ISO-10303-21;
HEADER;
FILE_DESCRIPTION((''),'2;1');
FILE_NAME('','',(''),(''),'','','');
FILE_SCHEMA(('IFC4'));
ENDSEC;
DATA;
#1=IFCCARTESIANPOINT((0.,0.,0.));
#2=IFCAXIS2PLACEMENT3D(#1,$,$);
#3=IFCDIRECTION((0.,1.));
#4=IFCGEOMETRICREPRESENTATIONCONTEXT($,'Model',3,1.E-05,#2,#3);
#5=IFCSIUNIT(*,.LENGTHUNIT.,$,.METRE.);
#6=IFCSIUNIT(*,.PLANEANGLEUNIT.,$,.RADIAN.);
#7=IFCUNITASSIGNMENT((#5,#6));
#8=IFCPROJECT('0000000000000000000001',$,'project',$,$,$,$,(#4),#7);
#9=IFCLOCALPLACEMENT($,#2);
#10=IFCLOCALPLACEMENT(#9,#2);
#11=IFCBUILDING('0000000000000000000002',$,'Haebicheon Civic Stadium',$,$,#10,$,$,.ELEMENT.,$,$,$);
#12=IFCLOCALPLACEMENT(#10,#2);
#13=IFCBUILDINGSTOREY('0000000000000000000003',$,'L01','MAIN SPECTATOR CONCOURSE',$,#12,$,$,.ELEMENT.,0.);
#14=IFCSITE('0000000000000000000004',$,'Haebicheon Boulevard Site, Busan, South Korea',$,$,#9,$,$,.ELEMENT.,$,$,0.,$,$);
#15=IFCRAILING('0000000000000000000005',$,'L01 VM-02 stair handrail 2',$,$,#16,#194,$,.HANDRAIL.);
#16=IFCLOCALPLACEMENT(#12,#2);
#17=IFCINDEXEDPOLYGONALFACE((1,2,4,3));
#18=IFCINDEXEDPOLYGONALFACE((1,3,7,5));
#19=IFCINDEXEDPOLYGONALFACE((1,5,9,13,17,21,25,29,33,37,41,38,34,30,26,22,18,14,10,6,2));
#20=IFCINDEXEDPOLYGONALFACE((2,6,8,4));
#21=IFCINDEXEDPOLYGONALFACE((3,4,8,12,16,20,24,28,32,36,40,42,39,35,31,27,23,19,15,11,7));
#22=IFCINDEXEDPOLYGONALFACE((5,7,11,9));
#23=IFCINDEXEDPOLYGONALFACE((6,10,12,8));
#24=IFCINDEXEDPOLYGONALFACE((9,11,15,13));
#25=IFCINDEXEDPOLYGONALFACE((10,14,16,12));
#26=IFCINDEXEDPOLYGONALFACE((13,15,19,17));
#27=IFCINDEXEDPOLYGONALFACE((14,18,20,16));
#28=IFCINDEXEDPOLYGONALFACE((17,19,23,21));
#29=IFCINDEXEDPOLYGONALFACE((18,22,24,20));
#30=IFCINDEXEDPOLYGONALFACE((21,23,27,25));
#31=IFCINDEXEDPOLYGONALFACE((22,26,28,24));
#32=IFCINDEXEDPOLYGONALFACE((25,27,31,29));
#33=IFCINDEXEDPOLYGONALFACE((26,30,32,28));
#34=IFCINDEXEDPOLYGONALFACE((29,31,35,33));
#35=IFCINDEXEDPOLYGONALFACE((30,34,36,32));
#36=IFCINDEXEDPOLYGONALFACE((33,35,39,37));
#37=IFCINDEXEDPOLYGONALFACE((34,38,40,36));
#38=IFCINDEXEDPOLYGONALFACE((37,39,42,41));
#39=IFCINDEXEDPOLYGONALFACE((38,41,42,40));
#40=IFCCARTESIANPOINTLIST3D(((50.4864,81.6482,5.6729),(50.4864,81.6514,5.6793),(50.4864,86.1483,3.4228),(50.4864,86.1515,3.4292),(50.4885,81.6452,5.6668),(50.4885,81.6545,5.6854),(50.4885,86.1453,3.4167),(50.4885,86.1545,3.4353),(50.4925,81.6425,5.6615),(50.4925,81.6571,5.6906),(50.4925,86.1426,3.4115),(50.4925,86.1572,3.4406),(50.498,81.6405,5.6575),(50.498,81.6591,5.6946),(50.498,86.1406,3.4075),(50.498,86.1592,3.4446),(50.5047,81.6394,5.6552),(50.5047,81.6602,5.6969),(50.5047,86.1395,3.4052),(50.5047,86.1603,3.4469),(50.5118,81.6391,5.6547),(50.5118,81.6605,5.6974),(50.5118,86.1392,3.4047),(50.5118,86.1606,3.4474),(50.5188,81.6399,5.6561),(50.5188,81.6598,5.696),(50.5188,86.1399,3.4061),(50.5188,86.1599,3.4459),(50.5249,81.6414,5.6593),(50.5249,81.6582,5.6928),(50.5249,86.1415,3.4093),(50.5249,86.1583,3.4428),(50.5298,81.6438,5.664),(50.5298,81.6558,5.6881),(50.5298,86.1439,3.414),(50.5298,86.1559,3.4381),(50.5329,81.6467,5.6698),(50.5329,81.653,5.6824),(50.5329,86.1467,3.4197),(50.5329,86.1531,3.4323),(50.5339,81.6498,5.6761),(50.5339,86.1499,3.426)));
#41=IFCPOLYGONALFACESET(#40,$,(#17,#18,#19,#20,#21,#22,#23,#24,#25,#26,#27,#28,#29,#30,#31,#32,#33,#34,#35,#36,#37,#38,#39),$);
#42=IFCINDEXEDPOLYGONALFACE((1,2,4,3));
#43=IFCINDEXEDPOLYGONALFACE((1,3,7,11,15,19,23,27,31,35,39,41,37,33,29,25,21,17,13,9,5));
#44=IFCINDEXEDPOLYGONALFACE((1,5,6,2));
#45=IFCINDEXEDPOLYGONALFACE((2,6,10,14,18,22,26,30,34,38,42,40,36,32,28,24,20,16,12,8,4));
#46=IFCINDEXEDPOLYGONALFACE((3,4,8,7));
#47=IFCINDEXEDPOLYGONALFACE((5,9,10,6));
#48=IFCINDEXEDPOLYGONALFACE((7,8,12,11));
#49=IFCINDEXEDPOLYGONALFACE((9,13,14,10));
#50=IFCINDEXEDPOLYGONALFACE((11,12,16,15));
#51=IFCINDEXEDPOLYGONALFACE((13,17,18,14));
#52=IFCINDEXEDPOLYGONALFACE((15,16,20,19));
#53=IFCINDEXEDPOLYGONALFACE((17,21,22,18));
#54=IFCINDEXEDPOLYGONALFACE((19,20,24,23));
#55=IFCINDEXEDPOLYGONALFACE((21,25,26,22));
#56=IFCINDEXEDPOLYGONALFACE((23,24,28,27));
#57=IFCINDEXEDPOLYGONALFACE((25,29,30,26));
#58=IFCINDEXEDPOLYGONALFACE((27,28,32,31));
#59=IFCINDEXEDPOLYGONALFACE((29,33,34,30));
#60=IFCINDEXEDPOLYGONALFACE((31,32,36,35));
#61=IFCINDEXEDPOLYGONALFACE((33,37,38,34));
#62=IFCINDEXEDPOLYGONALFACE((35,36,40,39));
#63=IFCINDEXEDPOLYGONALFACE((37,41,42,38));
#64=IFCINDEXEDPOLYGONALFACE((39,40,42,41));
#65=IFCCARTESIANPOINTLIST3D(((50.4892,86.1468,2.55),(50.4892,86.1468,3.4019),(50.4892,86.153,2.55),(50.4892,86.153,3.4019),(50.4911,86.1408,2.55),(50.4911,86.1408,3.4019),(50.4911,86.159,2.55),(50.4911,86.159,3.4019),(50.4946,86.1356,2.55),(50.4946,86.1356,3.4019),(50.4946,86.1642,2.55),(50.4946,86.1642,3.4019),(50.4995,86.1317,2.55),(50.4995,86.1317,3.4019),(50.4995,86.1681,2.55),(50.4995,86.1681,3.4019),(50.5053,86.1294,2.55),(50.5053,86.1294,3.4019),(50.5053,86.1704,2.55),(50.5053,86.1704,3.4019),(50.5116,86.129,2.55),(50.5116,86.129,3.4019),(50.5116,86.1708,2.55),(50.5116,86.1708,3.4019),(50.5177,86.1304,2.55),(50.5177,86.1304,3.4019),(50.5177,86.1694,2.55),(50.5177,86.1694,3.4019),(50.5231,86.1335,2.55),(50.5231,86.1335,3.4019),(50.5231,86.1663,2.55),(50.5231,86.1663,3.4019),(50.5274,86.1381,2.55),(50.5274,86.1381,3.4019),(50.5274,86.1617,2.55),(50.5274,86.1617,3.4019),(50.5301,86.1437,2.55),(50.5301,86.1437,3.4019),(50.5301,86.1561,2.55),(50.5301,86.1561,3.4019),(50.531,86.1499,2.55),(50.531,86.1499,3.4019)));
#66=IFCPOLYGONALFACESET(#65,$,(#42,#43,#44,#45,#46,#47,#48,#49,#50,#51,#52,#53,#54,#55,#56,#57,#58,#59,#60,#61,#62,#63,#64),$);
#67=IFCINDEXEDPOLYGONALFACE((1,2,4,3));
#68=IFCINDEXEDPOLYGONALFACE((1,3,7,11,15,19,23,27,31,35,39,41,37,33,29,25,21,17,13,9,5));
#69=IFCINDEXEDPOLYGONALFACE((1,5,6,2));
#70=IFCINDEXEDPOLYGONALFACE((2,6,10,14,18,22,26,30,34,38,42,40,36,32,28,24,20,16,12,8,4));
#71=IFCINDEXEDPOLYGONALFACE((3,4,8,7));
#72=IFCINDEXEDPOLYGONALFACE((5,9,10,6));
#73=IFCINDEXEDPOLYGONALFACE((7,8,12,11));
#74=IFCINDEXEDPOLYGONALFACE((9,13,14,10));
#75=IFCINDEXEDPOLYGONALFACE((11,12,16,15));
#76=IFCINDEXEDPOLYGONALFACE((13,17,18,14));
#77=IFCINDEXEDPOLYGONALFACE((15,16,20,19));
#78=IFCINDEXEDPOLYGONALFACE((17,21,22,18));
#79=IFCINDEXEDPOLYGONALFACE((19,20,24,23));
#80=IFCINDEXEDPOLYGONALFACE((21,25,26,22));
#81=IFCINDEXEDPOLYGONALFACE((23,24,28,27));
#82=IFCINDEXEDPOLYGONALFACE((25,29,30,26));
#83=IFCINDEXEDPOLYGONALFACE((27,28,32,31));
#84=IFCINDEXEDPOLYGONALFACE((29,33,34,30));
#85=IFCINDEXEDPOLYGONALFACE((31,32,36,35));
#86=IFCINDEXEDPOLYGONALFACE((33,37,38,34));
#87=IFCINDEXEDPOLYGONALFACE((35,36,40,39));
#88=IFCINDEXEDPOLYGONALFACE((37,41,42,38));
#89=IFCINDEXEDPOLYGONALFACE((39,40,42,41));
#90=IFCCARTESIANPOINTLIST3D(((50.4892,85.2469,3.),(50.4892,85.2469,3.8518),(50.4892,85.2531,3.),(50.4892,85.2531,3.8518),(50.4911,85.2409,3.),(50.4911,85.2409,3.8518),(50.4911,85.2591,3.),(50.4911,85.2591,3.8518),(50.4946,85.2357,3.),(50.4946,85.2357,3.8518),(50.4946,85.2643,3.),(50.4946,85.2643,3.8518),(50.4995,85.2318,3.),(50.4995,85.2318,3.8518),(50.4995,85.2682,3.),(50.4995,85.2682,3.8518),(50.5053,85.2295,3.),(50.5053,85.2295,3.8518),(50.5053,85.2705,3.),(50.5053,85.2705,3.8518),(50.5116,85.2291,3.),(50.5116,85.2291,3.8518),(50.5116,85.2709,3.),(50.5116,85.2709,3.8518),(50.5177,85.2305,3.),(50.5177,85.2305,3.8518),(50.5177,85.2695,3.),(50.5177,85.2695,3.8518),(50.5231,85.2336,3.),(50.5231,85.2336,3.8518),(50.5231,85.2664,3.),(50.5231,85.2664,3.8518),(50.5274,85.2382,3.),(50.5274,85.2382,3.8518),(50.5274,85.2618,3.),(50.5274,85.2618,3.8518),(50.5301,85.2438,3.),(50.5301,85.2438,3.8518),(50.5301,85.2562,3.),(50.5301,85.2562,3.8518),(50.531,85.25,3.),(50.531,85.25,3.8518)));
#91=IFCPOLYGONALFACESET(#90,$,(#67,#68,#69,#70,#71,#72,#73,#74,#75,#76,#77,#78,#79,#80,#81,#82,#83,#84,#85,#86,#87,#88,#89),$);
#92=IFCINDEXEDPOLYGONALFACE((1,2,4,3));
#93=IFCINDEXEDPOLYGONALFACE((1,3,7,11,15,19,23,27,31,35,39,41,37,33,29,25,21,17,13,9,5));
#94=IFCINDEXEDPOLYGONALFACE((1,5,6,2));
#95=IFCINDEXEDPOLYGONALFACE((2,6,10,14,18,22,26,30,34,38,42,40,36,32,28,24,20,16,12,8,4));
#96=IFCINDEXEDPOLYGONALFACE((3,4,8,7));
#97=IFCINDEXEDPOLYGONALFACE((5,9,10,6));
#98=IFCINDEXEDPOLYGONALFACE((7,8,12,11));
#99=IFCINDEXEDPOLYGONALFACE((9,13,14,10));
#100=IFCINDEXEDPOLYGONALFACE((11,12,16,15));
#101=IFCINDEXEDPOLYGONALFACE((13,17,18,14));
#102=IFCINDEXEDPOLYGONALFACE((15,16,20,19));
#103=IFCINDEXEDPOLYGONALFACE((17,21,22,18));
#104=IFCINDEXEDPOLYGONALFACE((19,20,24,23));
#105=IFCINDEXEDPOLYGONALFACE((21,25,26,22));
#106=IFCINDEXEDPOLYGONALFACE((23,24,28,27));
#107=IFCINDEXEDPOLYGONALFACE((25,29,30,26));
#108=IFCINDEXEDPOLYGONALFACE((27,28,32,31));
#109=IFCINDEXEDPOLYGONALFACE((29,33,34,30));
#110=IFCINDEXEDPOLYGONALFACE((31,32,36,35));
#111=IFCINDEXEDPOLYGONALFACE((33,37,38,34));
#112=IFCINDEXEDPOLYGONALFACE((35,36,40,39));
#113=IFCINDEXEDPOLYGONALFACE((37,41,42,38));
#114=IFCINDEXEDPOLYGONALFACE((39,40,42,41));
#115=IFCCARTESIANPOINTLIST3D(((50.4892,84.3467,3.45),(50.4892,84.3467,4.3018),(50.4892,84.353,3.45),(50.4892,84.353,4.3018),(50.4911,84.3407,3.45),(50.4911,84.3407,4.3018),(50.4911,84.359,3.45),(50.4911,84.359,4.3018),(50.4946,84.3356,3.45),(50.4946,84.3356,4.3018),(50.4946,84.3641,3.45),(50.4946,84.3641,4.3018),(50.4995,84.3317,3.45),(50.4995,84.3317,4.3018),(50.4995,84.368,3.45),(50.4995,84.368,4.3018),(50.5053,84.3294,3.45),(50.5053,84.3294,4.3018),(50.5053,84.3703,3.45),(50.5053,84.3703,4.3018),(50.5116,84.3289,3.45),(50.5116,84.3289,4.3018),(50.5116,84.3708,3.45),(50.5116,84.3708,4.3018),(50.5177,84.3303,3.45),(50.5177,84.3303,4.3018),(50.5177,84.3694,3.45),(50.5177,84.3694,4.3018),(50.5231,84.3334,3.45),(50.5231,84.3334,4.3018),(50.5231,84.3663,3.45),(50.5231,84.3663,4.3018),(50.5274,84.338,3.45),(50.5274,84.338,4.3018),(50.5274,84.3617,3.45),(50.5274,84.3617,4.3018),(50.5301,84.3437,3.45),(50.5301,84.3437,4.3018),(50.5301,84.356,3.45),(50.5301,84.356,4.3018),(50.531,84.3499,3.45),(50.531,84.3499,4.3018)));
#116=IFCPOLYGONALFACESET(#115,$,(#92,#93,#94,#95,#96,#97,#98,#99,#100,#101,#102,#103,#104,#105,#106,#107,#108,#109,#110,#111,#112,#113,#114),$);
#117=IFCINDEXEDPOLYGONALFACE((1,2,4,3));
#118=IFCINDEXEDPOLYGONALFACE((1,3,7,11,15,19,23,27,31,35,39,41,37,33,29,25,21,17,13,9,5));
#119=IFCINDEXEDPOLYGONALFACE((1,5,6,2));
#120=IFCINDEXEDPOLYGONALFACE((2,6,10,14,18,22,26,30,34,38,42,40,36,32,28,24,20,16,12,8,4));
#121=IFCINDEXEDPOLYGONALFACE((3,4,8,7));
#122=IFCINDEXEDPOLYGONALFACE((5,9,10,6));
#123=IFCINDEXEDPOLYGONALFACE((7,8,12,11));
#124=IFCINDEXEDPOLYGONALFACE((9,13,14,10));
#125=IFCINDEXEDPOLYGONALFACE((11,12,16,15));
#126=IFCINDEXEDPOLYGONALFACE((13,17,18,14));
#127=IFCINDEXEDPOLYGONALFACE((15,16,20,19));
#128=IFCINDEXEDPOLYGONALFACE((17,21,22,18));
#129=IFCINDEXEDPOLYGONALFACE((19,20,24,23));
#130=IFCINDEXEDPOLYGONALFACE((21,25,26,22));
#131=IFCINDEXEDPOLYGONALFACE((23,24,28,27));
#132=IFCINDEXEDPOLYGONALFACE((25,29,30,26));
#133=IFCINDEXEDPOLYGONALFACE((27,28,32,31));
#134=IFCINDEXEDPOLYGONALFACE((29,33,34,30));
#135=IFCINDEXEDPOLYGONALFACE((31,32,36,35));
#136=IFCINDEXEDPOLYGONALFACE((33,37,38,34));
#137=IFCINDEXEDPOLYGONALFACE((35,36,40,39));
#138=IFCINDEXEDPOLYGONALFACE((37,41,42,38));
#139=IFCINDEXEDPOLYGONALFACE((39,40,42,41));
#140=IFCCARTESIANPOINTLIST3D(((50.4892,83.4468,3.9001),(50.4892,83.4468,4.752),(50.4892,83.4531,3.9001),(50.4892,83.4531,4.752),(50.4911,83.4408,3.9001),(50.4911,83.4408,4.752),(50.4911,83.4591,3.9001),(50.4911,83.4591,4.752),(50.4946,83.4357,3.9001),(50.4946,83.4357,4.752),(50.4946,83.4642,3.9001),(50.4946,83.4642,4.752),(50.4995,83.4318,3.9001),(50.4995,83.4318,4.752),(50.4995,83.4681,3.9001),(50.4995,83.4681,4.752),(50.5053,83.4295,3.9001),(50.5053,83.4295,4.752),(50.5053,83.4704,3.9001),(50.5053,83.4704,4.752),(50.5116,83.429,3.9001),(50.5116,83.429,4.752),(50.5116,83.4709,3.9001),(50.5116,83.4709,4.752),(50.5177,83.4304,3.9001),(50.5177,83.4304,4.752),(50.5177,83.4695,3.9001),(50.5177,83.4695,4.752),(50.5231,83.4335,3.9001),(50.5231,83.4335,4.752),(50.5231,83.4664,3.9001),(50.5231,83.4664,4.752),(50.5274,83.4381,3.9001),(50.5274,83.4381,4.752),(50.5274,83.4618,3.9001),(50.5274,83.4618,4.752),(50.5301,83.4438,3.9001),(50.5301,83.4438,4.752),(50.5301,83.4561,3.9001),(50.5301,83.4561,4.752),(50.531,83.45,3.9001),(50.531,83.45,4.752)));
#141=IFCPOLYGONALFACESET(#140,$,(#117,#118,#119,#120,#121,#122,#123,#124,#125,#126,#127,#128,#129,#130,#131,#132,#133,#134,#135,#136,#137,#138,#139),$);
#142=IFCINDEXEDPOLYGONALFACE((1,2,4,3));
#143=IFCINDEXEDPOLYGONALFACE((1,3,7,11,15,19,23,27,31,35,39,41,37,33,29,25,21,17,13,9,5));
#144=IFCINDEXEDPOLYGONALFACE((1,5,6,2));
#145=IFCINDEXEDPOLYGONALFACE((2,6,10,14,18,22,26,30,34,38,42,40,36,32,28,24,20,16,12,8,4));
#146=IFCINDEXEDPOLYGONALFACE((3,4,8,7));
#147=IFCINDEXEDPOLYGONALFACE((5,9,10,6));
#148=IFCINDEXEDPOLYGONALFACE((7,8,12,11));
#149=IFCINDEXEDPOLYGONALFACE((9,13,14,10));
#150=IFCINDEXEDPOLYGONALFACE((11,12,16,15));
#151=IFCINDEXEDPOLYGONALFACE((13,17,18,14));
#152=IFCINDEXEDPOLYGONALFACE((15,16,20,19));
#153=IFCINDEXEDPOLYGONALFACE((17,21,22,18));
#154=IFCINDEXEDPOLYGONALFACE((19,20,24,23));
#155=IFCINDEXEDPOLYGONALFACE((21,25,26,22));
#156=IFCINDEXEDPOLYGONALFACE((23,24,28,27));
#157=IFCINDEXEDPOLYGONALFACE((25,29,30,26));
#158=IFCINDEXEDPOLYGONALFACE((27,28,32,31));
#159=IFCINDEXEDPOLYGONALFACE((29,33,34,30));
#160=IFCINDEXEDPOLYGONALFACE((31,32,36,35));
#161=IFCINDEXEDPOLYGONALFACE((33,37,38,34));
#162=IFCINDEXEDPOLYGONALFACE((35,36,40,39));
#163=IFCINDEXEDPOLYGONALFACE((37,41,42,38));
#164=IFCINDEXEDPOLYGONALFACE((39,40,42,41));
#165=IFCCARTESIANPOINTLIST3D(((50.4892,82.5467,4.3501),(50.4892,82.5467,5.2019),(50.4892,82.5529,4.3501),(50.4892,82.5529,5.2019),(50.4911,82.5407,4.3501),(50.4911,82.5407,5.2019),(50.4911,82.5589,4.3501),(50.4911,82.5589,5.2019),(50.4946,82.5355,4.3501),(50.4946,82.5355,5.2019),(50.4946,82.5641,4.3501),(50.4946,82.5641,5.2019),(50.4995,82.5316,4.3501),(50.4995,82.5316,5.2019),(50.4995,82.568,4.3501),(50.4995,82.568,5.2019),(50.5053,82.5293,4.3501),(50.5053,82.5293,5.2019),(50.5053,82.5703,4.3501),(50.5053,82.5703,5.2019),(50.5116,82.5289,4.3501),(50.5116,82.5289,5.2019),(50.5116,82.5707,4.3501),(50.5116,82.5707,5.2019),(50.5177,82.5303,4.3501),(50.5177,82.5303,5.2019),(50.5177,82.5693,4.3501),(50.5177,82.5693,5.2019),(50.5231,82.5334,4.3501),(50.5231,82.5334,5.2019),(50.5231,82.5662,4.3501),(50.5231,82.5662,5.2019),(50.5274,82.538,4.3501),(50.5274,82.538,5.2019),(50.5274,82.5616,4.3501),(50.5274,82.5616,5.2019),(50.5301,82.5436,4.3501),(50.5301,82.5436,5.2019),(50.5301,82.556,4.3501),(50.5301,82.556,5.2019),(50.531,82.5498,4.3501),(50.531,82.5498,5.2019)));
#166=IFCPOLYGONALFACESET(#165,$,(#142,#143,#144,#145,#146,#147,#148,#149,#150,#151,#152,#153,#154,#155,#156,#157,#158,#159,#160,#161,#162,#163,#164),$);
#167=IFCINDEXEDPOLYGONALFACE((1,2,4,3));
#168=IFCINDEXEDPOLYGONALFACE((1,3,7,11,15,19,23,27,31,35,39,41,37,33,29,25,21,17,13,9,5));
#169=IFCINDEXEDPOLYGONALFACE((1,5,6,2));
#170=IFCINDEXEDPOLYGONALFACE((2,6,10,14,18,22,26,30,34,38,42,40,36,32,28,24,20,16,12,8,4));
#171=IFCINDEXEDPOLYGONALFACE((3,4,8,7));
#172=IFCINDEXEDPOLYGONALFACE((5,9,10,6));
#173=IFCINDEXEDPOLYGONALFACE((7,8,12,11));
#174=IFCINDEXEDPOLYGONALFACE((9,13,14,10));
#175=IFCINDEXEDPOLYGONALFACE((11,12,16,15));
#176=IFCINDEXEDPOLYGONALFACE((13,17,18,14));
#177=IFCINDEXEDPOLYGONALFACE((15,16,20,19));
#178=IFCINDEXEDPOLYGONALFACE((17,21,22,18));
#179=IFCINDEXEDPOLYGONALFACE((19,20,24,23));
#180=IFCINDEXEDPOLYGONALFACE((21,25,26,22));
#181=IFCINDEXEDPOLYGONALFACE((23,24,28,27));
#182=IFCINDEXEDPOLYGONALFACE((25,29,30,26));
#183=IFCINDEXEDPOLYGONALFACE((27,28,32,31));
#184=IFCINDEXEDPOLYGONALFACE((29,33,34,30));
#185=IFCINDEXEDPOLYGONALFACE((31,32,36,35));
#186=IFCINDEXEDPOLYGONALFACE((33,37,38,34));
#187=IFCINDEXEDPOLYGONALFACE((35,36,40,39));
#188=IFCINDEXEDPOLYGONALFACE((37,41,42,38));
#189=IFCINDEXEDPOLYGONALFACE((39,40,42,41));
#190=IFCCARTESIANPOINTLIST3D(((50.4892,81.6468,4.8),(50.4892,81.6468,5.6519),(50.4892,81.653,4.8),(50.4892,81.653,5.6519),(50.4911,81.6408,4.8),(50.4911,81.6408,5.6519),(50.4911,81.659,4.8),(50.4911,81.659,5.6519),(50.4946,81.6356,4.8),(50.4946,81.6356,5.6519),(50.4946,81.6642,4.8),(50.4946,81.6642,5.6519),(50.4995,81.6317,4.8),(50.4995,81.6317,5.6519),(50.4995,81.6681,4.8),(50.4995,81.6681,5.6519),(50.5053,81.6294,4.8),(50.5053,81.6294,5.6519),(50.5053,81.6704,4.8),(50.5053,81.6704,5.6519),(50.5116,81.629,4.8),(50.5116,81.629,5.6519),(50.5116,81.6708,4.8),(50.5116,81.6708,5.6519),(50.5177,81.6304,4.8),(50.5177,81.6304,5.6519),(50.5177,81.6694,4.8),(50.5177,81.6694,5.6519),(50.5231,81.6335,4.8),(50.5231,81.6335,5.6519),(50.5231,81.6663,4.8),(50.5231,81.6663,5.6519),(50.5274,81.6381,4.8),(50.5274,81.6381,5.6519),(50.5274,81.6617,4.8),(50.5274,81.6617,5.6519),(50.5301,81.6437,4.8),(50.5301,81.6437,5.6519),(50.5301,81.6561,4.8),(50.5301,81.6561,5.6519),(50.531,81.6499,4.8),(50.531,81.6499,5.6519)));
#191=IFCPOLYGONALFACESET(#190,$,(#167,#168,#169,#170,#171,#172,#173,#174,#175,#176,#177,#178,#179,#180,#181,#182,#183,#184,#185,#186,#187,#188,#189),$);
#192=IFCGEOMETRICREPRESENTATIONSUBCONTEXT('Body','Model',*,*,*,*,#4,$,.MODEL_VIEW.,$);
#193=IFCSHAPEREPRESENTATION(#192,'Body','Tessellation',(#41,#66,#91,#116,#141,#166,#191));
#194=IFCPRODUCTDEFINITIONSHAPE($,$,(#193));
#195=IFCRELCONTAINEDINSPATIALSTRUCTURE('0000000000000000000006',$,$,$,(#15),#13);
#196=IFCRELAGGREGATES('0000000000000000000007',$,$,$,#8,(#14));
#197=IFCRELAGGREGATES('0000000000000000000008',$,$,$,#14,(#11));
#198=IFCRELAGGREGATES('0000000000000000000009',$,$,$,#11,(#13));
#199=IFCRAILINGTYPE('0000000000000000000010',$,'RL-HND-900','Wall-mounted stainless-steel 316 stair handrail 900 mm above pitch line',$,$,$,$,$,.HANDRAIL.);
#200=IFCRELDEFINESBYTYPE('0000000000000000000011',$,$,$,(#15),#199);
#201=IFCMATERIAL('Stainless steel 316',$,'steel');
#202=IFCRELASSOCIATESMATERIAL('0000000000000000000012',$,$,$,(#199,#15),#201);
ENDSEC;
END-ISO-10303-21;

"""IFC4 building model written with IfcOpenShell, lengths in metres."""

from ifc_helpers import new_model, si_unit, direction, frame, origin, origin_2d, place, context, subcontext, project, spatial, circle, extrude, material, type_object, element, save


model = new_model("IFC4")

# Units and contexts
model_context = context("Model", 3, precision=1e-05, world=origin(), true_north=direction((0.0, 1.0)))
body_context = subcontext(model_context, "Body", "Model", "MODEL_VIEW")
ifc_project = project(units=[si_unit("LENGTHUNIT", "METRE"), si_unit("PLANEANGLEUNIT", "RADIAN")], contexts=[model_context])

# Site, building, storey
site_placement = place(None, origin())
site = spatial("IfcSite", under=ifc_project, at=site_placement, Name="Haebicheon Boulevard Site, Busan, South Korea", CompositionType="ELEMENT", RefElevation=0.0)
building_placement = place(site_placement, origin())
building = spatial("IfcBuilding", under=site, at=building_placement, Name="Haebicheon Civic Stadium", CompositionType="ELEMENT")
storey_placement = place(building_placement, origin())
storey = spatial("IfcBuildingStorey", under=building, at=storey_placement, Name="L01", Description="MAIN SPECTATOR CONCOURSE", CompositionType="ELEMENT", Elevation=0.0)

# Railing
ifc_material_1 = material(Name="Stainless steel 316", Category="steel")
railing_type_1 = type_object("IfcRailingType", Name="RL-HND-900", Description="Wall-mounted stainless-steel 316 stair handrail 900 mm above pitch line", PredefinedType="HANDRAIL", material=ifc_material_1)
railing_1_placement = place(storey_placement, frame((50.51, 86.1499, 2.55)))
element("IfcRailing", 1, at=railing_1_placement, inside=storey, type_object=railing_type_1, material=ifc_material_1, Name="L01 VM-02 stair handrail 2", PredefinedType="HANDRAIL", context=body_context, shape_type="SweptSolid", body=[
    extrude(circle(Radius=0.0239, at=origin_2d()), frame((0.0, 0.0, 0.876), z_axis=(0.0, -0.894427, 0.447214), x_axis=(1.0, 0.0, 0.0)), (0.0, 0.0, 1.0), 5.0312),
    extrude(circle(Radius=0.021, at=origin_2d()), origin(), (0.0, 0.0, 1.0), 0.8518),
    extrude(circle(Radius=0.021, at=origin_2d()), frame((0.0, -0.8999, 0.45)), (0.0, 0.0, 1.0), 0.8518),
    extrude(circle(Radius=0.021, at=origin_2d()), frame((0.0, -1.8, 0.8999)), (0.0, 0.0, 1.0), 0.8518),
    extrude(circle(Radius=0.021, at=origin_2d()), frame((0.0, -2.7, 1.3501)), (0.0, 0.0, 1.0), 0.8518),
    extrude(circle(Radius=0.021, at=origin_2d()), frame((0.0, -3.6001, 1.8)), (0.0, 0.0, 1.0), 0.8518),
    extrude(circle(Radius=0.021, at=origin_2d()), frame((0.0, -4.5, 2.25)), (0.0, 0.0, 1.0), 0.8518),
])

save(model, "model.ifc")
